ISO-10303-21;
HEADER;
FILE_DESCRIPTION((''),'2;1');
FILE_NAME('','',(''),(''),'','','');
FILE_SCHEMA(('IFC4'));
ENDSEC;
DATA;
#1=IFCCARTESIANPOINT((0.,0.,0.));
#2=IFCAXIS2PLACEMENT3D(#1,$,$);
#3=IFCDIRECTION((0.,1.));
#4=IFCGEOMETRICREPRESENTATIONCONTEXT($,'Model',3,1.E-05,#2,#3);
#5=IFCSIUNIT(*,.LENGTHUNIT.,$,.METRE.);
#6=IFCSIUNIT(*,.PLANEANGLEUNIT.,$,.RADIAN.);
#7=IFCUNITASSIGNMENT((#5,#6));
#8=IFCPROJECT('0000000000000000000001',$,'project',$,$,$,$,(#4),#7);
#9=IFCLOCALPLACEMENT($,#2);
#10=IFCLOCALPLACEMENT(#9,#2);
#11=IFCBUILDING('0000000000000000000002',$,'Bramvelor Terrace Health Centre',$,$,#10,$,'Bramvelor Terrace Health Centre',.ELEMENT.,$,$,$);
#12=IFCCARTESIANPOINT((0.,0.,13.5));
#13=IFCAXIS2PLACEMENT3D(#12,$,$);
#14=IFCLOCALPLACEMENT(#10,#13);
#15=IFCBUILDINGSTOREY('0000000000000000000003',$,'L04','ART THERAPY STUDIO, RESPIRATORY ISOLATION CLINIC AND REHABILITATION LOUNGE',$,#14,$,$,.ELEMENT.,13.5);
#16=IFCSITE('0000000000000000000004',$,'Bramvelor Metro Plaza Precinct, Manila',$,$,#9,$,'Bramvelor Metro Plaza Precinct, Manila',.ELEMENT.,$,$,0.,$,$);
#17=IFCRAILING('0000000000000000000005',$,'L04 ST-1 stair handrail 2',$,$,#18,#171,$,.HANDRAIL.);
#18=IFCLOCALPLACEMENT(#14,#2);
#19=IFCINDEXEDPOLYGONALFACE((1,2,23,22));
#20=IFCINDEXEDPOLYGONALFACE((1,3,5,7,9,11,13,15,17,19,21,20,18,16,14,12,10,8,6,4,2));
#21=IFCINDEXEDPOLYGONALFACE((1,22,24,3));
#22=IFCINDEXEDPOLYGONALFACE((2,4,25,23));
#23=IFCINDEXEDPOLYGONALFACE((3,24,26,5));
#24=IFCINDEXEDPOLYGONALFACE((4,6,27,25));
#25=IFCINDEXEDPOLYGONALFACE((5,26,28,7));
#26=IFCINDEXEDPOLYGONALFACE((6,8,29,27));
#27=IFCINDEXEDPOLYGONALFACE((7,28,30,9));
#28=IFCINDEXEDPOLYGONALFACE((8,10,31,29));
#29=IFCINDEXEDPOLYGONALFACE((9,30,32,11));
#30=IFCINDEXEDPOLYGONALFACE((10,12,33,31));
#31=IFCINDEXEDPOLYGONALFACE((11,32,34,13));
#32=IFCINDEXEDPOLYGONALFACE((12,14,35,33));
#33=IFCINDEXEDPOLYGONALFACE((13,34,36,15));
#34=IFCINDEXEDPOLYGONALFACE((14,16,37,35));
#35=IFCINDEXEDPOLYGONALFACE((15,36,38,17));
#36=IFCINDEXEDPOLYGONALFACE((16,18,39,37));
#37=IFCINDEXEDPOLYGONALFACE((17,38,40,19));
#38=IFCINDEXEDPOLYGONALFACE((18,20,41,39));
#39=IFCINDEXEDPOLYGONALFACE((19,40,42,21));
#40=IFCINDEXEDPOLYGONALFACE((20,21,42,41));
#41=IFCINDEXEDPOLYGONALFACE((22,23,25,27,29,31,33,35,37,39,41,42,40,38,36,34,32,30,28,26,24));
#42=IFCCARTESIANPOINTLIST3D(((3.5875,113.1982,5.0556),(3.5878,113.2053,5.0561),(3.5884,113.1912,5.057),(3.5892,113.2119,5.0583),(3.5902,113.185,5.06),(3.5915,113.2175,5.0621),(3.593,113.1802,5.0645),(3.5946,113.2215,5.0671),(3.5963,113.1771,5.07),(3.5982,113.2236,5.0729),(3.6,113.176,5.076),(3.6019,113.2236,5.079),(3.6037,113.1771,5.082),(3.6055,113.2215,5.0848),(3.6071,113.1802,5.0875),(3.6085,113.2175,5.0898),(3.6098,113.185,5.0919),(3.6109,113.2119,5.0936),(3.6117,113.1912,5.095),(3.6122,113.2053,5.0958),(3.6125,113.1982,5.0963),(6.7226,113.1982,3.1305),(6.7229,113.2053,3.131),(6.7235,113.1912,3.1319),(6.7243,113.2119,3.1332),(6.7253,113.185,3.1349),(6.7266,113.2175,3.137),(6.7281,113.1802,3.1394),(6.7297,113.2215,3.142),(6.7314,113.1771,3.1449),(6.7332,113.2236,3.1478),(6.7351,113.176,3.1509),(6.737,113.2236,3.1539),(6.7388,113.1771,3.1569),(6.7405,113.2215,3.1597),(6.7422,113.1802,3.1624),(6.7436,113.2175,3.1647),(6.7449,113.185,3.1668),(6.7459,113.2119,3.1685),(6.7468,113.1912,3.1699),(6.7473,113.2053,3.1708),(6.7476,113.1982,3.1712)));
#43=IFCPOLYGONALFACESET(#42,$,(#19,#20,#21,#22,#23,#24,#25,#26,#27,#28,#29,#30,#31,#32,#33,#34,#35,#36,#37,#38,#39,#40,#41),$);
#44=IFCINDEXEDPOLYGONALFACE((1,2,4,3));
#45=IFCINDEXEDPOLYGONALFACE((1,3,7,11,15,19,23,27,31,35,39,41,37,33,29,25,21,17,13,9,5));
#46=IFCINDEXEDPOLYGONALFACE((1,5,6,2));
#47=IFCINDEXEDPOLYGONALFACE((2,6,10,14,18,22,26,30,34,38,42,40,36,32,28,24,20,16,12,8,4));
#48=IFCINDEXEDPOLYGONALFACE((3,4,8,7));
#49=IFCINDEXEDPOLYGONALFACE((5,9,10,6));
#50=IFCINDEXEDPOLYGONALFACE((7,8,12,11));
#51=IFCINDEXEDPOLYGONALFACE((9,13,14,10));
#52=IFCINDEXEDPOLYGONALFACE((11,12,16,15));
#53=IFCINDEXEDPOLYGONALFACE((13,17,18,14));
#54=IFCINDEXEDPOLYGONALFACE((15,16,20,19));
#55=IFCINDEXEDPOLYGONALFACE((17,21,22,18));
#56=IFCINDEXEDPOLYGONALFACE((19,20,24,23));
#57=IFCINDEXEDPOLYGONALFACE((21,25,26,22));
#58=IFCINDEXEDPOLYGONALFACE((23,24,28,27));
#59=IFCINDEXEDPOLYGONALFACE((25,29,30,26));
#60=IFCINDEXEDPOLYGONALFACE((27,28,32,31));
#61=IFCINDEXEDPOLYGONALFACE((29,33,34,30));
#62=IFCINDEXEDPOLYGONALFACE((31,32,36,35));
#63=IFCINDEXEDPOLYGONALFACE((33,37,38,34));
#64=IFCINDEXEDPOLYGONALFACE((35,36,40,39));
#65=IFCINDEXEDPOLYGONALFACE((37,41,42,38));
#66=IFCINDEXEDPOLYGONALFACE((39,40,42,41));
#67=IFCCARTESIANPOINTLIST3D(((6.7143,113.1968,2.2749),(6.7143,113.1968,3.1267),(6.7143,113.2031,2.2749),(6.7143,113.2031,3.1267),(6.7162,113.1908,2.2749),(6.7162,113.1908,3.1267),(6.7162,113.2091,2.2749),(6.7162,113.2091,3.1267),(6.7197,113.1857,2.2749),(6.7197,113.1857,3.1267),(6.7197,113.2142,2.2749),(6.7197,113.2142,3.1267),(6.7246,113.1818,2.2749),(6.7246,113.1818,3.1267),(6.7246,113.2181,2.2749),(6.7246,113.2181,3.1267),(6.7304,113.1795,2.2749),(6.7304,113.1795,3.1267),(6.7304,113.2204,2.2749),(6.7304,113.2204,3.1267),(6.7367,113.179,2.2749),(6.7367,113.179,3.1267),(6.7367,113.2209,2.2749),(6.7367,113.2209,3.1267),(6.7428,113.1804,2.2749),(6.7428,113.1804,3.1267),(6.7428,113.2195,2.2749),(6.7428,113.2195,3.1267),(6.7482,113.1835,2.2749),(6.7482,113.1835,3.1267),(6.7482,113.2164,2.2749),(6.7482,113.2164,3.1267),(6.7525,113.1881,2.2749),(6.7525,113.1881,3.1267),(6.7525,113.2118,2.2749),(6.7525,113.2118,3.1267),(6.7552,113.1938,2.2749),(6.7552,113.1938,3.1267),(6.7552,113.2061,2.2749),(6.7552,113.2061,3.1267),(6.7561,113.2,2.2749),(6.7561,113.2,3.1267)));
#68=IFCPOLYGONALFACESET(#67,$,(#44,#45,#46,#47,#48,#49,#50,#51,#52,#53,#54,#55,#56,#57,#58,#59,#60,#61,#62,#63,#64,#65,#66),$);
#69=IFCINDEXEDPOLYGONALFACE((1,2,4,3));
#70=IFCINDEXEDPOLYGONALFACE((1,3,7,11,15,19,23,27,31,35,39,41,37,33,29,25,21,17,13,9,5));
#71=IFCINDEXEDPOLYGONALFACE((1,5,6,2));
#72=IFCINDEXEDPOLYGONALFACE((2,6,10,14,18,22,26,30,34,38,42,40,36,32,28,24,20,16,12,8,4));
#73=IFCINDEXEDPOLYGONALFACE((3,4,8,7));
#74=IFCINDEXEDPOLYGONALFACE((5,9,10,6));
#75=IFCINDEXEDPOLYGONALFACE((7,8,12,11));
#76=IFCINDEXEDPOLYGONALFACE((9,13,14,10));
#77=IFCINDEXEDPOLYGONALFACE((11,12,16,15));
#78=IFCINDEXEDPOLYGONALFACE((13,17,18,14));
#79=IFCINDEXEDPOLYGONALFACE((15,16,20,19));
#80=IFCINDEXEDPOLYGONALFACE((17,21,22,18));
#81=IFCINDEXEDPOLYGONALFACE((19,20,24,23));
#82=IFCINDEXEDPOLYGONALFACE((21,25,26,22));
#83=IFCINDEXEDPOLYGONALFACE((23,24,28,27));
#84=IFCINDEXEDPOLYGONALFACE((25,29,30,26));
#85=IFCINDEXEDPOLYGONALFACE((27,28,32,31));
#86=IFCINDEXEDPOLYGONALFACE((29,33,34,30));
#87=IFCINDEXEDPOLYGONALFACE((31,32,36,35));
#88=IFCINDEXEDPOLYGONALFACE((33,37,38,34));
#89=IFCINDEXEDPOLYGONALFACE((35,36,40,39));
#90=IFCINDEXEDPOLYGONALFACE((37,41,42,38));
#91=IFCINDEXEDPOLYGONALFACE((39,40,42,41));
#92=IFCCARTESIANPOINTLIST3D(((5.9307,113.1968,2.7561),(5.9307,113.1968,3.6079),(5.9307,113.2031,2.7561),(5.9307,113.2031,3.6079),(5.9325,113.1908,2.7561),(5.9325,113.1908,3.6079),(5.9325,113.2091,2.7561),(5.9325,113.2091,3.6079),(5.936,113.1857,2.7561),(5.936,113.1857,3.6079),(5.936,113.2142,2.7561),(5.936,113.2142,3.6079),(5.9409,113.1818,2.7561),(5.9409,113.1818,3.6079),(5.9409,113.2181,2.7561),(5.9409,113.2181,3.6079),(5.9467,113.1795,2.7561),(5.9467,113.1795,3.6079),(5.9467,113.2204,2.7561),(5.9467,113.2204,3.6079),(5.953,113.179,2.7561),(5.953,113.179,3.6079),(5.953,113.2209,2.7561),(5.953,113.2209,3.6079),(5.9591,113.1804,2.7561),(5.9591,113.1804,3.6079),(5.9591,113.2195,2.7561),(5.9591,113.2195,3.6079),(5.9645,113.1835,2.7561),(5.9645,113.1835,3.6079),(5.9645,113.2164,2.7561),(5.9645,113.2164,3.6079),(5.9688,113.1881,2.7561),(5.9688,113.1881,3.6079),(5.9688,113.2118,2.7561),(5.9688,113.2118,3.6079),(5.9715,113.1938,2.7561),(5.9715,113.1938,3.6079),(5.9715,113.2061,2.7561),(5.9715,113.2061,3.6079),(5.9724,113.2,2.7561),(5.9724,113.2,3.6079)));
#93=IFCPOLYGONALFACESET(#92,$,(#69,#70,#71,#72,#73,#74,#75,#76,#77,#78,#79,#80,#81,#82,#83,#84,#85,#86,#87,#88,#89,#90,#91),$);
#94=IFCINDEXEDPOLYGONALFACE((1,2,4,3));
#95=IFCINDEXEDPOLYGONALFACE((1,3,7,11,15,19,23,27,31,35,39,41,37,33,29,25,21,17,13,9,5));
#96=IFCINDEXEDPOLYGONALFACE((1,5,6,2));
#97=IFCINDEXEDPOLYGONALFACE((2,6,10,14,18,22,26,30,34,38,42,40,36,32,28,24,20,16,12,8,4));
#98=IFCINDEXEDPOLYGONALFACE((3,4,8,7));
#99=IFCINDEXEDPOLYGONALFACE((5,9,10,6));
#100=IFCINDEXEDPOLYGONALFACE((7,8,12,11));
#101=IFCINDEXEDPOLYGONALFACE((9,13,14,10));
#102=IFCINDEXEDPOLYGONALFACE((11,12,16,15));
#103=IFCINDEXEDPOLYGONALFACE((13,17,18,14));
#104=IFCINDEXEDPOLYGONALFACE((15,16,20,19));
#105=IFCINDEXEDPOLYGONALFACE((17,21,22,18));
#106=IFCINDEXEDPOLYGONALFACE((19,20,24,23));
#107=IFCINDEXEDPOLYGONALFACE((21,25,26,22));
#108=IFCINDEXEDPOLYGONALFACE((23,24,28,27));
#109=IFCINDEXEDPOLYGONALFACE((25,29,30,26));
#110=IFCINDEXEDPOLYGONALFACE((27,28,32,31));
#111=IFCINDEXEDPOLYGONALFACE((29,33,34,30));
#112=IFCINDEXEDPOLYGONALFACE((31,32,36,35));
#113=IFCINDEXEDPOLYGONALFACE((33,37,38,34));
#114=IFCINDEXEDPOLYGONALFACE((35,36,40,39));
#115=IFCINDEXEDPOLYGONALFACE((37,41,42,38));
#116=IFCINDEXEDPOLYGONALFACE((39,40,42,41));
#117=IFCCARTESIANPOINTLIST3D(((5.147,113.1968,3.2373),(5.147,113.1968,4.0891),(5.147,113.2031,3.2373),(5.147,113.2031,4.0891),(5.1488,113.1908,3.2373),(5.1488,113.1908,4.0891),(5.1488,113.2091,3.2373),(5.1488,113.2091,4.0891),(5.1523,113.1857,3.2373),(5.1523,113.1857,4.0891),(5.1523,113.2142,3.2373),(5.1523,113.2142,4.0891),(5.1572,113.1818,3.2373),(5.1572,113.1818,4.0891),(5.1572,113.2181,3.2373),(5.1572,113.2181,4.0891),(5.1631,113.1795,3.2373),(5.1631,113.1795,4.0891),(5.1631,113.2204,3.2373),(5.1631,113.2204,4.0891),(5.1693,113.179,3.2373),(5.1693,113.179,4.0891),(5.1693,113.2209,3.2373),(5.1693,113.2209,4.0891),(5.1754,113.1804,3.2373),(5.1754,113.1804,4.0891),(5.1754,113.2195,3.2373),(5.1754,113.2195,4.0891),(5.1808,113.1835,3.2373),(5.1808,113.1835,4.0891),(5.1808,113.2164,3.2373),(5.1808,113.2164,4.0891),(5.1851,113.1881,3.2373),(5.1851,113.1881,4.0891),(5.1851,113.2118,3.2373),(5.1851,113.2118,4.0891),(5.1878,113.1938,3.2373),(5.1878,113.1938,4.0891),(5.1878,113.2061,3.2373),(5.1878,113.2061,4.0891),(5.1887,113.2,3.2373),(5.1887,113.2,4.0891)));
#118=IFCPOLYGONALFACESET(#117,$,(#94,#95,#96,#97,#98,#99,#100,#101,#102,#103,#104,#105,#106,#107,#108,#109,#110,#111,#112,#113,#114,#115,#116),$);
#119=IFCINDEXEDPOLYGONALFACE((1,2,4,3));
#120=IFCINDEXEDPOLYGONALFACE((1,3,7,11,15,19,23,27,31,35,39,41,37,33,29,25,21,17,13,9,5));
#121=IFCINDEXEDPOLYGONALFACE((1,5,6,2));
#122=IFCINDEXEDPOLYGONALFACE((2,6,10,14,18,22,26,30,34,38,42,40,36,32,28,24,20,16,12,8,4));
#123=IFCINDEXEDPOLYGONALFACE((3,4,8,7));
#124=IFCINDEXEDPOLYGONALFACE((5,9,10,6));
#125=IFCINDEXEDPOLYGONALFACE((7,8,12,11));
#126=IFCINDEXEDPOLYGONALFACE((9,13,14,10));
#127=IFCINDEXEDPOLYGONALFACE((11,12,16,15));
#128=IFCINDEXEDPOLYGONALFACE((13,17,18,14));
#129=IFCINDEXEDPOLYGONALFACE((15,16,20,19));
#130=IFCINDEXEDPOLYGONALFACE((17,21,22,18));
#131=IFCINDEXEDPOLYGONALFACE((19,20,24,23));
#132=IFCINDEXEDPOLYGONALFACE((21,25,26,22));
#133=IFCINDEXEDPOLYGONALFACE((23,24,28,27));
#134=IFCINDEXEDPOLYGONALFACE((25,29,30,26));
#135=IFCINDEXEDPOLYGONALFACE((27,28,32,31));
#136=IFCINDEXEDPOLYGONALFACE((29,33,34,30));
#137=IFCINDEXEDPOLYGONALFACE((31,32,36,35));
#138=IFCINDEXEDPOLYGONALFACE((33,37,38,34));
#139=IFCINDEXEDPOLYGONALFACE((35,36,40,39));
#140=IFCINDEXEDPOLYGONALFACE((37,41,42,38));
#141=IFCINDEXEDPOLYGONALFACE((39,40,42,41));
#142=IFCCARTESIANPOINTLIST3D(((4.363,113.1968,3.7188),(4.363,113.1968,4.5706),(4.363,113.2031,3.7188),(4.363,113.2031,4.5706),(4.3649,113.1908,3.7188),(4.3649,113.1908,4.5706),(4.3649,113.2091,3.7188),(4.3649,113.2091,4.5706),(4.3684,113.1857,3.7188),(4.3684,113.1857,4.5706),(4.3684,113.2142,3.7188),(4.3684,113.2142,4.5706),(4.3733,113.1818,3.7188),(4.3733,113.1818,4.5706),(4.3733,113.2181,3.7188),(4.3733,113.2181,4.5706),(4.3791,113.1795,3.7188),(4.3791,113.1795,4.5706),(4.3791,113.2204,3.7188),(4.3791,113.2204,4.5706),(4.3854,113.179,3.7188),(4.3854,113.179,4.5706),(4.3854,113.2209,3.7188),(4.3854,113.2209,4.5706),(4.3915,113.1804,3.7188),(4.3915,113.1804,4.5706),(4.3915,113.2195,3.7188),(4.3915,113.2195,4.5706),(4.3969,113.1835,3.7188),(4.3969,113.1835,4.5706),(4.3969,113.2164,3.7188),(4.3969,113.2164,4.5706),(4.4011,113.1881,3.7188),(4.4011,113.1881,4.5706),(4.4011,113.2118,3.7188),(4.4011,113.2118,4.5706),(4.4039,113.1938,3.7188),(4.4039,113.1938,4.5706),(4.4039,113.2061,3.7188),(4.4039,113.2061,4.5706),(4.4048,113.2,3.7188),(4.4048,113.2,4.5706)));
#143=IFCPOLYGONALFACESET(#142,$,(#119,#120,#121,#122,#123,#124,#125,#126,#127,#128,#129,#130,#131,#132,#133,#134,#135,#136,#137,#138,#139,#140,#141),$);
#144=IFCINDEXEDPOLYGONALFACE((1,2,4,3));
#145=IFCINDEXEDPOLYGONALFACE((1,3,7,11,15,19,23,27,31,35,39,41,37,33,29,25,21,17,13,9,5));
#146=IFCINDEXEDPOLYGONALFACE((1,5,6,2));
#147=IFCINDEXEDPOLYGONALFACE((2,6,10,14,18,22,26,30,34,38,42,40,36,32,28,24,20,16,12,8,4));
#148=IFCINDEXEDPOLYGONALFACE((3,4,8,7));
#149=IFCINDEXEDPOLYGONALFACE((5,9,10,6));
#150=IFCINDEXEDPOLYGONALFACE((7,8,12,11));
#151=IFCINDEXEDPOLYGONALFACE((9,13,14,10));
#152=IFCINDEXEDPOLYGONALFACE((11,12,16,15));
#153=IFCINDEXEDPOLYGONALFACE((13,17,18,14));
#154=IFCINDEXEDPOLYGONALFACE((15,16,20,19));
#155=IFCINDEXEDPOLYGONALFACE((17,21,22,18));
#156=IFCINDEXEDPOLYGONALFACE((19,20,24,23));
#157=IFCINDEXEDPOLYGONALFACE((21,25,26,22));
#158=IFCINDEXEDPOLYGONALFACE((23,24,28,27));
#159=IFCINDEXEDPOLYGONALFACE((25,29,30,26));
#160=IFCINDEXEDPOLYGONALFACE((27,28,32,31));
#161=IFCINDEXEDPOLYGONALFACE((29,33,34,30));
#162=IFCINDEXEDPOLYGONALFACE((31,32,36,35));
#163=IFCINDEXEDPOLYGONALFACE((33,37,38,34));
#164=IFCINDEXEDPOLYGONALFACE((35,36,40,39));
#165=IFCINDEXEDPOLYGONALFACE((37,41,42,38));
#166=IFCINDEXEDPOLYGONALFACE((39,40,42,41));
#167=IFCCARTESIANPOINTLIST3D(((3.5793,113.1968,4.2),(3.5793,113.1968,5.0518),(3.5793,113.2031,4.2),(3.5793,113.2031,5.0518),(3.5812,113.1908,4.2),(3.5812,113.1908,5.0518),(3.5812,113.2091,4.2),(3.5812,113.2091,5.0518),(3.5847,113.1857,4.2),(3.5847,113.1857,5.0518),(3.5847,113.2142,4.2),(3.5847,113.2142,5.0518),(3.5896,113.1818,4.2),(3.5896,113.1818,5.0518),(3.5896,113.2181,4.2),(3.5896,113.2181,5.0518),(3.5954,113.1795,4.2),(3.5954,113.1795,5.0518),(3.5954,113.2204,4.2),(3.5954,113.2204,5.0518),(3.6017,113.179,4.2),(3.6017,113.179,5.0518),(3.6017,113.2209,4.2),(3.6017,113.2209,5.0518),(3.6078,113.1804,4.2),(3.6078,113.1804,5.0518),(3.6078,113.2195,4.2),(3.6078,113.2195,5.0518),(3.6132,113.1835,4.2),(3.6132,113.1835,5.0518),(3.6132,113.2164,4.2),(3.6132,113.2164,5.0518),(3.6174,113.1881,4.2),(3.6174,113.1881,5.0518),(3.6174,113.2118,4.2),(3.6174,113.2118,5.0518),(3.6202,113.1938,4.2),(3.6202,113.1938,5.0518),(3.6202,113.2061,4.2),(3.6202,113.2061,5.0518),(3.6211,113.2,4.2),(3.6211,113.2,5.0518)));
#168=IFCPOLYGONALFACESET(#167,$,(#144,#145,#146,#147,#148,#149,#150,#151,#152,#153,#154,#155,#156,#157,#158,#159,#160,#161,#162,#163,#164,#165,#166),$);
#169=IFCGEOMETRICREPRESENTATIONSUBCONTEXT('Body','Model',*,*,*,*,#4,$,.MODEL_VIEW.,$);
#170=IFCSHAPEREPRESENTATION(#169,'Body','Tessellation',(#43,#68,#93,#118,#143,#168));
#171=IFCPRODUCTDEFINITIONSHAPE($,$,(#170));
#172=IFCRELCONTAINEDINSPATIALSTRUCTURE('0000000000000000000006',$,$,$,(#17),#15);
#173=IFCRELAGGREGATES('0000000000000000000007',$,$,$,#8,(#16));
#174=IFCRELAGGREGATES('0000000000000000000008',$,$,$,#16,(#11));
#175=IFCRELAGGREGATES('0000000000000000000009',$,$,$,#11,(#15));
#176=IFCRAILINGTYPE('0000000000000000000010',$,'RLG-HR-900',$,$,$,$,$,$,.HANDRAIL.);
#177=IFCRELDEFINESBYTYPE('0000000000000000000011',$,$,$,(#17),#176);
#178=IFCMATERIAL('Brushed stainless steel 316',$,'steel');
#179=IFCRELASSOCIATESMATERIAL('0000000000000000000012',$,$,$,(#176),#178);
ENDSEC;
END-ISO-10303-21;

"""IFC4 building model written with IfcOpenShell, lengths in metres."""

from ifc_helpers import new_model, si_unit, direction, frame, origin, origin_2d, place, context, subcontext, project, spatial, circle, extrude, material, type_object, element, save


model = new_model("IFC4")

# Units and contexts
model_context = context("Model", 3, precision=1e-05, world=origin(), true_north=direction((0.0, 1.0)))
body_context = subcontext(model_context, "Body", "Model", "MODEL_VIEW")
ifc_project = project(units=[si_unit("LENGTHUNIT", "METRE"), si_unit("PLANEANGLEUNIT", "RADIAN")], contexts=[model_context])

# Site, building, storey
site_placement = place(None, origin())
site = spatial("IfcSite", under=ifc_project, at=site_placement, Name="Bramvelor Metro Plaza Precinct, Manila", LongName="Bramvelor Metro Plaza Precinct, Manila", CompositionType="ELEMENT", RefElevation=0.0)
building_placement = place(site_placement, origin())
building = spatial("IfcBuilding", under=site, at=building_placement, Name="Bramvelor Terrace Health Centre", LongName="Bramvelor Terrace Health Centre", CompositionType="ELEMENT")
storey_placement = place(building_placement, frame((0.0, 0.0, 13.5)))
storey = spatial("IfcBuildingStorey", under=building, at=storey_placement, Name="L04", Description="ART THERAPY STUDIO, RESPIRATORY ISOLATION CLINIC AND REHABILITATION LOUNGE", CompositionType="ELEMENT", Elevation=13.5)

# Railing
ifc_material_1 = material(Name="Brushed stainless steel 316", Category="steel")
railing_type_1 = type_object("IfcRailingType", Name="RLG-HR-900", PredefinedType="HANDRAIL", material=ifc_material_1)
railing_1_placement = place(storey_placement, frame((6.7351, 113.2, 2.2749)))
element("IfcRailing", 1, at=railing_1_placement, inside=storey, type_object=railing_type_1, Name="L04 ST-1 stair handrail 2", PredefinedType="HANDRAIL", context=body_context, shape_type="SweptSolid", body=[
    extrude(circle(Radius=0.0239, at=origin_2d()), frame((0.0, 0.0, 0.876), z_axis=(-0.852166, 0.0, 0.523271), x_axis=(0.0, -1.0, 0.0)), (0.0, 0.0, 1.0), 3.679),
    extrude(circle(Radius=0.021, at=origin_2d()), origin(), (0.0, 0.0, 1.0), 0.8518),
    extrude(circle(Radius=0.021, at=origin_2d()), frame((-0.7837, 0.0, 0.4812)), (0.0, 0.0, 1.0), 0.8518),
    extrude(circle(Radius=0.021, at=origin_2d()), frame((-1.5674, 0.0, 0.9624)), (0.0, 0.0, 1.0), 0.8518),
    extrude(circle(Radius=0.021, at=origin_2d()), frame((-2.3513, 0.0, 1.4438)), (0.0, 0.0, 1.0), 0.8518),
    extrude(circle(Radius=0.021, at=origin_2d()), frame((-3.135, 0.0, 1.925)), (0.0, 0.0, 1.0), 0.8518),
])

save(model, "model.ifc")
